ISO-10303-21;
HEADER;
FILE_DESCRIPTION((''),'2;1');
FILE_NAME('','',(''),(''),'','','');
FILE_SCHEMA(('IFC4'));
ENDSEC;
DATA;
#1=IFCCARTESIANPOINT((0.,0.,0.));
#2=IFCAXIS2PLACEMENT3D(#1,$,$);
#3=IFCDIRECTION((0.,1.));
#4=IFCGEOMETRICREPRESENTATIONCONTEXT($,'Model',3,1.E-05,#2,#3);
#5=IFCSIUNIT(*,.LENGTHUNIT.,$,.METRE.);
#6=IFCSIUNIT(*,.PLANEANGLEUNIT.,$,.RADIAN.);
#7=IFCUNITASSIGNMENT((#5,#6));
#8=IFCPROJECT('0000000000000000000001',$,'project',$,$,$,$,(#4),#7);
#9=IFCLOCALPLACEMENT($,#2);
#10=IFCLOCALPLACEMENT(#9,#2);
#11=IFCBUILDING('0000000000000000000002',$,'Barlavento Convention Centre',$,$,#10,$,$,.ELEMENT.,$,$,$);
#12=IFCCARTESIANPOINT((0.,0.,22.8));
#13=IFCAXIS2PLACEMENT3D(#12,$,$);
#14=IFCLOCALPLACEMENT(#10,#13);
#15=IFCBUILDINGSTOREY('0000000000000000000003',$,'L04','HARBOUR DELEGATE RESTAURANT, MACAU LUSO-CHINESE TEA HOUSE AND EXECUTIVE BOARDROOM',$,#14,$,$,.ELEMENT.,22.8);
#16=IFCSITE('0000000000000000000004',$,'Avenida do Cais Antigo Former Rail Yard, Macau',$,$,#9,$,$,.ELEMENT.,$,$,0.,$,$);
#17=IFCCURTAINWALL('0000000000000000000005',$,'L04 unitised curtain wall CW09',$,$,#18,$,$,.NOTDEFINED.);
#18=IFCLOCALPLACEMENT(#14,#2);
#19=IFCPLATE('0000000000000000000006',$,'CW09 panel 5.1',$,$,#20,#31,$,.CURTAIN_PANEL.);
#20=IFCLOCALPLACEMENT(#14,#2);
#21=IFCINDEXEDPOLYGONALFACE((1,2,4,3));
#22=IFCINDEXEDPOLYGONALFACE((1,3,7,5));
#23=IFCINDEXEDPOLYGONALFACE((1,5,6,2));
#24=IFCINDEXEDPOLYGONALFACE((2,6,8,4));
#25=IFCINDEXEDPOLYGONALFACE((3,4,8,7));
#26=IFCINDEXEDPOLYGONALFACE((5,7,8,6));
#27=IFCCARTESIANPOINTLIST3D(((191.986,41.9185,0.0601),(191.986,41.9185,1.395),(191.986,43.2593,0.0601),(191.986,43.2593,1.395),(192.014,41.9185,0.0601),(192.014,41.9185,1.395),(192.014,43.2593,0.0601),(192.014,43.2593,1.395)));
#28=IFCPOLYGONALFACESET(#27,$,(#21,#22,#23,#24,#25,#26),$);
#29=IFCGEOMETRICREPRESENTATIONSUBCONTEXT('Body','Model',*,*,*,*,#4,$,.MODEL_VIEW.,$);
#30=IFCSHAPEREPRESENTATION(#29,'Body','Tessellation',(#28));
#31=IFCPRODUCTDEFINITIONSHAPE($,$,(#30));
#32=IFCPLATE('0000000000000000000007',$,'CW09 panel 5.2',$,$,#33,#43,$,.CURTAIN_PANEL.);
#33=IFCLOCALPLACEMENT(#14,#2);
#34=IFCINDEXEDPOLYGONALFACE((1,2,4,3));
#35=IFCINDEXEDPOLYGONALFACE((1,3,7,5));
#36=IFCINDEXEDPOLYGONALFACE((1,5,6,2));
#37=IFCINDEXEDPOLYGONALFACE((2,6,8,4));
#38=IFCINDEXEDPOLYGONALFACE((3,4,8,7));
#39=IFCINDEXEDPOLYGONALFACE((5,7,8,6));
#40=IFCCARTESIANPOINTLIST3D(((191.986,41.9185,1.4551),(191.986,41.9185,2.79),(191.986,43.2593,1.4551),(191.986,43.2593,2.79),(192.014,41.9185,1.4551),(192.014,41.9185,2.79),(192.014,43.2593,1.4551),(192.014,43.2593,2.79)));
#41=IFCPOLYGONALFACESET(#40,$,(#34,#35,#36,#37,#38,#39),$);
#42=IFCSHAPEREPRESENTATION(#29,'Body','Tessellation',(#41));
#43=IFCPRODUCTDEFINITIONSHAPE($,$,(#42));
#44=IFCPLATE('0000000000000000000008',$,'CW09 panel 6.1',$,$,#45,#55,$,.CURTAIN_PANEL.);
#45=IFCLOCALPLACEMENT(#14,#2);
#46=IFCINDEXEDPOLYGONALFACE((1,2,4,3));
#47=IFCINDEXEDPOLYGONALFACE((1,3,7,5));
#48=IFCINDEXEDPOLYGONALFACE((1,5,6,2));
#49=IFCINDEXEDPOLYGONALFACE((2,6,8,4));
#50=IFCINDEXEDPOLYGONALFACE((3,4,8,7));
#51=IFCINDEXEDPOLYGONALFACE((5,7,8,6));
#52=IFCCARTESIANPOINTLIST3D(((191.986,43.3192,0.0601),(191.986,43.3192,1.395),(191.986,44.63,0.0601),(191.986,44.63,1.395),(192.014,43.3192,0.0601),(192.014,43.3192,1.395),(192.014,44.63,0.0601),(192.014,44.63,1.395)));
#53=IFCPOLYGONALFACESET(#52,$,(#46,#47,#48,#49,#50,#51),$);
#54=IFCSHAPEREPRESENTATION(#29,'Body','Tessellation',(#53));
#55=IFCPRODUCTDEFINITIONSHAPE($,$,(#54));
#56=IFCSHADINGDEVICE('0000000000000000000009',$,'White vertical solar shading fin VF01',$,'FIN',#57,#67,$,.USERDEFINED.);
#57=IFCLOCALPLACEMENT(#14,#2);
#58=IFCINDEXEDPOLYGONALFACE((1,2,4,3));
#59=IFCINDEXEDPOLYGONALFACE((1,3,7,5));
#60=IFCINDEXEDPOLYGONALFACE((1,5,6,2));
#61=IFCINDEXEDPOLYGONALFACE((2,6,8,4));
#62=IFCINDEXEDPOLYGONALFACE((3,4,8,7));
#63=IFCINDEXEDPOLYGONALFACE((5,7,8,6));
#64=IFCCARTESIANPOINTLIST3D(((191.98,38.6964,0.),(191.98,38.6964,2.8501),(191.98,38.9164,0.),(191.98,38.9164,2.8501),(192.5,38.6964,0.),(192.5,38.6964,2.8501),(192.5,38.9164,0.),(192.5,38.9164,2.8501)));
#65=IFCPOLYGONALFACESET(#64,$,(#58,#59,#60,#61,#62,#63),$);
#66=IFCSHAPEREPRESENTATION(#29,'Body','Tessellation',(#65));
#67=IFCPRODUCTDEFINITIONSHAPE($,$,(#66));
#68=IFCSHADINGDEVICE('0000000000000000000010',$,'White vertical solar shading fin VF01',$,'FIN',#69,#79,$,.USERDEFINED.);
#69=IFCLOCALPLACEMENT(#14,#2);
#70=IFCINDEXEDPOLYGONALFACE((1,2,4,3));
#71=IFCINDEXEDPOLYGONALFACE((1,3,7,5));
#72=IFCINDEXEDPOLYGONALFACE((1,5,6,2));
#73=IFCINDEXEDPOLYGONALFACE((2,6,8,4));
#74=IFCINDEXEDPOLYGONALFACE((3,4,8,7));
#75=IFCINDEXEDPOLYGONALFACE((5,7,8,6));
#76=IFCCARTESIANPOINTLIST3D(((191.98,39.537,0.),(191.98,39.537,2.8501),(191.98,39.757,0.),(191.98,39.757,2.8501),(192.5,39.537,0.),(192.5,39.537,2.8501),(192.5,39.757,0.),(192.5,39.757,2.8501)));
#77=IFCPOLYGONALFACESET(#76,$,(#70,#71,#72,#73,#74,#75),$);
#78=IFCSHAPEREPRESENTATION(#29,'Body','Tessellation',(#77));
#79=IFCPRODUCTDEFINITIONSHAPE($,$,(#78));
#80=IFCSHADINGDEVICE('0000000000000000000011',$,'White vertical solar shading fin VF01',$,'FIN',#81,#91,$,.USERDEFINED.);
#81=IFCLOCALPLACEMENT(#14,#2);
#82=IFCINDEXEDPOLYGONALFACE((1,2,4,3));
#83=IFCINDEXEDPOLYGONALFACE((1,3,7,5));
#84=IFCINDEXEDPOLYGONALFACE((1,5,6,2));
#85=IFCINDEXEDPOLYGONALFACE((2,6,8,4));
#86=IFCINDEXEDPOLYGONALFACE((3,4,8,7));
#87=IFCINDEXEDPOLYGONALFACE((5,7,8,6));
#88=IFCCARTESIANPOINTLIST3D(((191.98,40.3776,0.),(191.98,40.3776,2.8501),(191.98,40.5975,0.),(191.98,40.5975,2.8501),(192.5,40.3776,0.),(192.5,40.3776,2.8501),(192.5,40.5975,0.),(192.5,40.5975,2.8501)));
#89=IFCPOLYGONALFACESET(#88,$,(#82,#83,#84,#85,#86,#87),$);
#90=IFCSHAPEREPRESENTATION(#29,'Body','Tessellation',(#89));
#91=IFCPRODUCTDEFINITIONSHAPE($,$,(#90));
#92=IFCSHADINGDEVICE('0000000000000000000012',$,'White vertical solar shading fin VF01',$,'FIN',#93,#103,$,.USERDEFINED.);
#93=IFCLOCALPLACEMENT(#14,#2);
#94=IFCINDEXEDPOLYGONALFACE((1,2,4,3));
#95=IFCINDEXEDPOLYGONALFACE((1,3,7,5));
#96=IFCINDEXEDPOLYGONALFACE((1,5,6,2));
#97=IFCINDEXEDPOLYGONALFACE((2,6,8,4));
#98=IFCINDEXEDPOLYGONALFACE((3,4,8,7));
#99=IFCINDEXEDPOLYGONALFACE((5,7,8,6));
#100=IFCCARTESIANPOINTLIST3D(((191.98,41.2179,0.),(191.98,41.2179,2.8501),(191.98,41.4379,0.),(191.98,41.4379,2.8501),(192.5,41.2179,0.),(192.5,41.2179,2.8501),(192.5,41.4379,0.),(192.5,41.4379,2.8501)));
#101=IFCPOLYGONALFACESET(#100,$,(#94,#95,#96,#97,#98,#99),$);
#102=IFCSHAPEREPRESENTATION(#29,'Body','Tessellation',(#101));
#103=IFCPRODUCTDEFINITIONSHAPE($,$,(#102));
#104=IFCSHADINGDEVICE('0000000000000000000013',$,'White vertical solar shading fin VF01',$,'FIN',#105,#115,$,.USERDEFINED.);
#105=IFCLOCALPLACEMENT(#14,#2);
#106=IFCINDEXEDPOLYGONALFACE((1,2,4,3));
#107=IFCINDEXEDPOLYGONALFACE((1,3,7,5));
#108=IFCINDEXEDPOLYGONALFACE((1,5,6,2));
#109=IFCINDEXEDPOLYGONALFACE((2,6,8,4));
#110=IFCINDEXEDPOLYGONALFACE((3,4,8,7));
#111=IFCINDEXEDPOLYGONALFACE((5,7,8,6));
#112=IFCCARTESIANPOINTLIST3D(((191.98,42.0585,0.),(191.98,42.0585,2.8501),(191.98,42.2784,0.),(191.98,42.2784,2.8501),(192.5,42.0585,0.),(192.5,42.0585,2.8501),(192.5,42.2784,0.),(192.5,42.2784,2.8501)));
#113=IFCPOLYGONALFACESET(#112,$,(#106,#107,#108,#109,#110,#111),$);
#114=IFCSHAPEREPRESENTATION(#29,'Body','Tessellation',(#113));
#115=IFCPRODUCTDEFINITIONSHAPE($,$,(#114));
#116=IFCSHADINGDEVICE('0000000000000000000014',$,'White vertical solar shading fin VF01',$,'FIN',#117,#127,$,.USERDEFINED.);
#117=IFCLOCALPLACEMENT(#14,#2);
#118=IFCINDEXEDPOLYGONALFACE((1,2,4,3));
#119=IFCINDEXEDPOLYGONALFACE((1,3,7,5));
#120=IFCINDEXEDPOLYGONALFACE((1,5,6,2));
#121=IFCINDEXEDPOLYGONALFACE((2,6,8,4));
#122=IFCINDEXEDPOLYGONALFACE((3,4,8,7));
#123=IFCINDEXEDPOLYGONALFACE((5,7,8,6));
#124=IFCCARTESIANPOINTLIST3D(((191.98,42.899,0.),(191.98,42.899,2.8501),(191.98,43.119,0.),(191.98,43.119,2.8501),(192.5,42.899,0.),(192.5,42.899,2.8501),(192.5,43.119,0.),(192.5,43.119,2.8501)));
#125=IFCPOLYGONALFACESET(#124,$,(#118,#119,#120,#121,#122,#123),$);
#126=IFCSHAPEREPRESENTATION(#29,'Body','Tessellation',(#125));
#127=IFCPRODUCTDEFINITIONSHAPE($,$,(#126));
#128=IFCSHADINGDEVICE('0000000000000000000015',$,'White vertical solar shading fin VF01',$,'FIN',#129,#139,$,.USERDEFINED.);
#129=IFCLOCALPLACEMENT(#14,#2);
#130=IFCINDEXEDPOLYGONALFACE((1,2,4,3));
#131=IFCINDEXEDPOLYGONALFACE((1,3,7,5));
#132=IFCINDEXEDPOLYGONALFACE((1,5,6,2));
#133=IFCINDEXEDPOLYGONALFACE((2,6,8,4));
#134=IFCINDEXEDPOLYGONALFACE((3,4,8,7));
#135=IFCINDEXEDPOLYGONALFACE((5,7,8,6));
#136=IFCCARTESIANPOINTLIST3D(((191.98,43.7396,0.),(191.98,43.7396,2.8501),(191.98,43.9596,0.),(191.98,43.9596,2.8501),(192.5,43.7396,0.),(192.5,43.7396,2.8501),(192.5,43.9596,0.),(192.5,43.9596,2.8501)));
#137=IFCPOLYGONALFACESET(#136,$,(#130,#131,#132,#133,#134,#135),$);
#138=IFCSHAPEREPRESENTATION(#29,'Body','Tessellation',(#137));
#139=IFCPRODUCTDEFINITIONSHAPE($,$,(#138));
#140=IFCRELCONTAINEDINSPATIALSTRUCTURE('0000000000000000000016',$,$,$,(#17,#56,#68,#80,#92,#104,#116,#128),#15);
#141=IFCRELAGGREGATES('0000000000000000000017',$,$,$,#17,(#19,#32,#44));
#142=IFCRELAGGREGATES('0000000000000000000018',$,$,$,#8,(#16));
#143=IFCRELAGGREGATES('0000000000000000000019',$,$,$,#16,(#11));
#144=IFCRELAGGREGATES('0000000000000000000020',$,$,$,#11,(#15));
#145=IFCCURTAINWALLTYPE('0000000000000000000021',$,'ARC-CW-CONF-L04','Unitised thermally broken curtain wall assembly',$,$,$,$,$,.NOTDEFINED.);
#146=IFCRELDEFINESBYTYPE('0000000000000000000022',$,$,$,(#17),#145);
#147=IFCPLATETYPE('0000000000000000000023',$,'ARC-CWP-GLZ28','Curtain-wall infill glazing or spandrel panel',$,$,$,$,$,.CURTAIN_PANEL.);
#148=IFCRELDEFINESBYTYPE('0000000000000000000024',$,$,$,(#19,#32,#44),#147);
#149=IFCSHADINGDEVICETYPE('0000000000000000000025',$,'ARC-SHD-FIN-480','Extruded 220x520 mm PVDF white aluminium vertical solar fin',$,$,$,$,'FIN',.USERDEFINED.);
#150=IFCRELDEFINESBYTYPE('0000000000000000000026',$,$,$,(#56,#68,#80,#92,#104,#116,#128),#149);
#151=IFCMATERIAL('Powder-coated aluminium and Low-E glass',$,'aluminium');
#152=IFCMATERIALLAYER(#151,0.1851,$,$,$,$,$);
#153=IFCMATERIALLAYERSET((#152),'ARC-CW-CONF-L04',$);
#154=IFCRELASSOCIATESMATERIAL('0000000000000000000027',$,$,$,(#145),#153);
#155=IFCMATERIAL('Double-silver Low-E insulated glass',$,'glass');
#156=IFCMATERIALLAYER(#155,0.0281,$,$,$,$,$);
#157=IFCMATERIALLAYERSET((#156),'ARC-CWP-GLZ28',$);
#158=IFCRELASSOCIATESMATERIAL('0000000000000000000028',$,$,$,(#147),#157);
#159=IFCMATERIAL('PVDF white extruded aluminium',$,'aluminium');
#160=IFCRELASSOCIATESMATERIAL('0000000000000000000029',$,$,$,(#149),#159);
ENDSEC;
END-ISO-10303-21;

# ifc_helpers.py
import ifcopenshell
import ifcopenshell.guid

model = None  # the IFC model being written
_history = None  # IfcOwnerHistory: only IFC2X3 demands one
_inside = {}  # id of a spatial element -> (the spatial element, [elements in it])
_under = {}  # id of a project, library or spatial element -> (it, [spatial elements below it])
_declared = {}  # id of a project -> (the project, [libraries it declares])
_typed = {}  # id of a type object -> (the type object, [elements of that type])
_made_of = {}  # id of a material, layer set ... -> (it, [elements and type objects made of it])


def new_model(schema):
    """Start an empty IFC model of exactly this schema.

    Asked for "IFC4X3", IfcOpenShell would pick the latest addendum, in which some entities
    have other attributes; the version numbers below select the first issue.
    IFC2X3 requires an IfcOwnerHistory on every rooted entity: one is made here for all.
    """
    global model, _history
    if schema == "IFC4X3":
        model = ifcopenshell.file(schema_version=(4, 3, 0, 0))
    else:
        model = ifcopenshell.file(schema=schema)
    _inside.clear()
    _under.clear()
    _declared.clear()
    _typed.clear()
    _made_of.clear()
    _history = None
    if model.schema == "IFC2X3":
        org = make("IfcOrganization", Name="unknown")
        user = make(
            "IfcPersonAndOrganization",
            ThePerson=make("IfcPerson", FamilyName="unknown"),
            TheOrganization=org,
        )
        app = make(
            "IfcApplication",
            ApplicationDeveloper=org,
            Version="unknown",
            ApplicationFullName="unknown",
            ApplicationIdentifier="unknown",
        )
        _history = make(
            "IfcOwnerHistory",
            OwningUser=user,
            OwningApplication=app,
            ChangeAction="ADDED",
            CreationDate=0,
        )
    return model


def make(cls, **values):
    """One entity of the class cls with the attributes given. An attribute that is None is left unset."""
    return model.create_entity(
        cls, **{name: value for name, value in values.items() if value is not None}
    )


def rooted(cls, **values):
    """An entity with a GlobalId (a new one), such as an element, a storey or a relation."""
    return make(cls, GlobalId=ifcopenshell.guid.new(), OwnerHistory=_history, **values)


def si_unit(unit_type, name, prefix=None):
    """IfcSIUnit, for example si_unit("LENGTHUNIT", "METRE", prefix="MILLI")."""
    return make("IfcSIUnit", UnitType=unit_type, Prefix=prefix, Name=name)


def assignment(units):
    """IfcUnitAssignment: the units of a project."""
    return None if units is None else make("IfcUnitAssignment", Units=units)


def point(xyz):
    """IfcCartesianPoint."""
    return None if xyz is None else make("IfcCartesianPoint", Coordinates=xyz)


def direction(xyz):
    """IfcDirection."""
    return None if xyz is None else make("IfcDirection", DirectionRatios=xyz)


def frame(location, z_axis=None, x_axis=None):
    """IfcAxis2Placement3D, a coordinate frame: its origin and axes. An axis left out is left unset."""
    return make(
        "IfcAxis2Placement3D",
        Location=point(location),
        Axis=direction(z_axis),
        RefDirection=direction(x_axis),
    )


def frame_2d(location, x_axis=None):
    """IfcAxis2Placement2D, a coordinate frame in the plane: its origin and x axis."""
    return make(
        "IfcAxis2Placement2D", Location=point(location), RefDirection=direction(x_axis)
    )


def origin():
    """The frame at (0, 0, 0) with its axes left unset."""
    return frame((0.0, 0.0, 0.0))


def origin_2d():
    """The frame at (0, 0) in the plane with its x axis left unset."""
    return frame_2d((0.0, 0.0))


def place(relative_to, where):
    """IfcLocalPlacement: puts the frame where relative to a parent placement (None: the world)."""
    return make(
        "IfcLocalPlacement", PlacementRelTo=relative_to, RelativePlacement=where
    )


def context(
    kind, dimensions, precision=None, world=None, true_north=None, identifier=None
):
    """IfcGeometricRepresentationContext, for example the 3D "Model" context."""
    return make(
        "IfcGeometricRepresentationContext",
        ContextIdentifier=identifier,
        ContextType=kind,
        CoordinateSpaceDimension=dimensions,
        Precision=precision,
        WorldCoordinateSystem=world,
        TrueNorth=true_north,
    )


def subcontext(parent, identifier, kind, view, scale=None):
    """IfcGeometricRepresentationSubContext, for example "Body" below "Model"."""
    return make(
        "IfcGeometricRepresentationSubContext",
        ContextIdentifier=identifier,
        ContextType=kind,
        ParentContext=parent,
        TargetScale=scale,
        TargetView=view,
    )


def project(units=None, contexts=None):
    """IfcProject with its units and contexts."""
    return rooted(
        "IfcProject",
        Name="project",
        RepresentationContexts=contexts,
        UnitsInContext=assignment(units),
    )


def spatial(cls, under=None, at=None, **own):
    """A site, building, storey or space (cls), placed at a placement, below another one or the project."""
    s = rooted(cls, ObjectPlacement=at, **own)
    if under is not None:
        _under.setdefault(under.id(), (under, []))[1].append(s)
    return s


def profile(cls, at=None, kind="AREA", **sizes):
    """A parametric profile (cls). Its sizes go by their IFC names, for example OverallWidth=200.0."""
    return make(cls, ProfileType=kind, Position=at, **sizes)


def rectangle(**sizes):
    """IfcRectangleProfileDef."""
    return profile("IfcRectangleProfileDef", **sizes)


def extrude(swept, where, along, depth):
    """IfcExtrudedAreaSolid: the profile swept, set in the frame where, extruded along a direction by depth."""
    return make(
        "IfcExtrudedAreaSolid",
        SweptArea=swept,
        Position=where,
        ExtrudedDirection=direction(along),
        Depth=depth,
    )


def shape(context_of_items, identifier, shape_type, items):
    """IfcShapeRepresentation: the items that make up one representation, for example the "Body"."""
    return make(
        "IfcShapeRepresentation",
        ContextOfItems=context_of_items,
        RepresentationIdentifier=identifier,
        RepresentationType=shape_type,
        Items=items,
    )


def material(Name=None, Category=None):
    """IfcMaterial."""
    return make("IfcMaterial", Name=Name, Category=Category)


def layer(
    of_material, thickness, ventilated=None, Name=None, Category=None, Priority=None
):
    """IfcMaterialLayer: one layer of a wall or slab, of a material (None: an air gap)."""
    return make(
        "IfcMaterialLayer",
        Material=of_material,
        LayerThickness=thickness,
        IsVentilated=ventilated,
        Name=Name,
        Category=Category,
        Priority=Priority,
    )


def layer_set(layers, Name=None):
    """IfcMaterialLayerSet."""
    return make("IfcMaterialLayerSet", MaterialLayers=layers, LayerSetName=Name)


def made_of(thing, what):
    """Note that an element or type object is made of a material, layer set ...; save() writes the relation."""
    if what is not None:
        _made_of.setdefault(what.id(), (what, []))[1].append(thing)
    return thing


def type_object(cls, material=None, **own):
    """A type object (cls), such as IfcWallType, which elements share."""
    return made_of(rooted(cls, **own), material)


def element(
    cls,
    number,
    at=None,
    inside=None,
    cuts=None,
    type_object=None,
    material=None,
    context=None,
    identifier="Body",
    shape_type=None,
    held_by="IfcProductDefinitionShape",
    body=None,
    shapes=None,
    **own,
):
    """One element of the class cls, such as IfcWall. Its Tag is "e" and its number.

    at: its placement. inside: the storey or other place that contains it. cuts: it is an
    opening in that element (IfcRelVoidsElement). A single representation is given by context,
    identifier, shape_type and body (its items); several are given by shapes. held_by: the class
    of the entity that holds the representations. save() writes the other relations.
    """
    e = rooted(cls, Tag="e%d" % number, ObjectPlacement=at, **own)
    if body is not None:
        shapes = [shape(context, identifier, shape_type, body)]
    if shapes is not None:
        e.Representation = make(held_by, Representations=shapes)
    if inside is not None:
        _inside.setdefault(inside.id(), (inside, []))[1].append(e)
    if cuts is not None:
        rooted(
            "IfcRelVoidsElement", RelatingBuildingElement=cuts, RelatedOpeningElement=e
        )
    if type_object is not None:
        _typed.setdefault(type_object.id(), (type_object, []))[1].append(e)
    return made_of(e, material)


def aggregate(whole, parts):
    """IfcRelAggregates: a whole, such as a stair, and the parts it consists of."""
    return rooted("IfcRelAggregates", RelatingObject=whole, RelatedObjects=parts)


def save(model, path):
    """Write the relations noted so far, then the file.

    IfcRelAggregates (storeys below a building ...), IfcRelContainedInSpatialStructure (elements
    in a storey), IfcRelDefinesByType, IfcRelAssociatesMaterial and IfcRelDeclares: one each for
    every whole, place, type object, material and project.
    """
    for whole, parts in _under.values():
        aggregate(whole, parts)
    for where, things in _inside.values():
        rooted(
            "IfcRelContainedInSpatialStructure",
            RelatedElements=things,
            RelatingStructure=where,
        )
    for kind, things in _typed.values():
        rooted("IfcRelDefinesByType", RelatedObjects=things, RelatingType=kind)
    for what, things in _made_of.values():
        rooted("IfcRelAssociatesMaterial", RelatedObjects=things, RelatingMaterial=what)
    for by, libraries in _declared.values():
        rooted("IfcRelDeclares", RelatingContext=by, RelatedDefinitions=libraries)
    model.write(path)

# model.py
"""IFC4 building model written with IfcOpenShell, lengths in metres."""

from ifc_helpers import new_model, si_unit, direction, frame, origin, origin_2d, place, context, subcontext, project, spatial, rectangle, extrude, material, layer, layer_set, type_object, element, aggregate, save


model = new_model("IFC4")

# Units and contexts
model_context = context("Model", 3, precision=1e-05, world=origin(), true_north=direction((0.0, 1.0)))
body_context = subcontext(model_context, "Body", "Model", "MODEL_VIEW")
ifc_project = project(units=[si_unit("LENGTHUNIT", "METRE"), si_unit("PLANEANGLEUNIT", "RADIAN")], contexts=[model_context])

# Site, building, storey
site_placement = place(None, origin())
site = spatial("IfcSite", under=ifc_project, at=site_placement, Name="Avenida do Cais Antigo Former Rail Yard, Macau", CompositionType="ELEMENT", RefElevation=0.0)
building_placement = place(site_placement, origin())
building = spatial("IfcBuilding", under=site, at=building_placement, Name="Barlavento Convention Centre", CompositionType="ELEMENT")
storey_placement = place(building_placement, frame((0.0, 0.0, 22.8)))
storey = spatial("IfcBuildingStorey", under=building, at=storey_placement, Name="L04", Description="HARBOUR DELEGATE RESTAURANT, MACAU LUSO-CHINESE TEA HOUSE AND EXECUTIVE BOARDROOM", CompositionType="ELEMENT", Elevation=22.8)

# Curtain wall, plates
ifc_material_1 = material(Name="Powder-coated aluminium and Low-E glass", Category="aluminium")
ifc_layer_1 = layer(ifc_material_1, 0.1851)
ifc_layer_set_1 = layer_set([ifc_layer_1], Name="ARC-CW-CONF-L04")
curtain_wall_type = type_object("IfcCurtainWallType", Name="ARC-CW-CONF-L04", Description="Unitised thermally broken curtain wall assembly", PredefinedType="NOTDEFINED", material=ifc_layer_set_1)
curtain_wall_placement = place(storey_placement, origin())
curtain_wall = element("IfcCurtainWall", 1, at=curtain_wall_placement, inside=storey, type_object=curtain_wall_type, Name="L04 unitised curtain wall CW09", PredefinedType="NOTDEFINED")
ifc_material_2 = material(Name="Double-silver Low-E insulated glass", Category="glass")
ifc_layer_2 = layer(ifc_material_2, 0.0281)
ifc_layer_set_2 = layer_set([ifc_layer_2], Name="ARC-CWP-GLZ28")
plate_type = type_object("IfcPlateType", Name="ARC-CWP-GLZ28", Description="Curtain-wall infill glazing or spandrel panel", PredefinedType="CURTAIN_PANEL", material=ifc_layer_set_2)
plate_1_placement = place(storey_placement, frame((192.0, 42.5889, 0.0601), z_axis=(0.0, 0.0, 1.0), x_axis=(0.0, 1.0, 0.0)))
plate_1 = element("IfcPlate", 2, at=plate_1_placement, type_object=plate_type, Name="CW09 panel 5.1", PredefinedType="CURTAIN_PANEL", context=body_context, shape_type="SweptSolid", body=[
    extrude(rectangle(XDim=1.3408, YDim=0.0281, at=origin_2d()), origin(), (0.0, 0.0, 1.0), 1.335),
])
plate_2_placement = place(storey_placement, frame((192.0, 42.5889, 1.4551), z_axis=(0.0, 0.0, 1.0), x_axis=(0.0, 1.0, 0.0)))
plate_2 = element("IfcPlate", 3, at=plate_2_placement, type_object=plate_type, Name="CW09 panel 5.2", PredefinedType="CURTAIN_PANEL", context=body_context, shape_type="SweptSolid", body=[
    extrude(rectangle(XDim=1.3408, YDim=0.0281, at=origin_2d()), origin(), (0.0, 0.0, 1.0), 1.335),
])
plate_3_placement = place(storey_placement, frame((192.0, 43.9746, 0.0601), z_axis=(0.0, 0.0, 1.0), x_axis=(0.0, 1.0, 0.0)))
plate_3 = element("IfcPlate", 4, at=plate_3_placement, type_object=plate_type, Name="CW09 panel 6.1", PredefinedType="CURTAIN_PANEL", context=body_context, shape_type="SweptSolid", body=[
    extrude(rectangle(XDim=1.3108, YDim=0.0281, at=origin_2d()), origin(), (0.0, 0.0, 1.0), 1.335),
])
aggregate(curtain_wall, [plate_1, plate_2, plate_3])

# Shading devices
ifc_material_3 = material(Name="PVDF white extruded aluminium", Category="aluminium")
shading_device_type = type_object("IfcShadingDeviceType", Name="ARC-SHD-FIN-480", Description="Extruded 220x520 mm PVDF white aluminium vertical solar fin", ElementType="FIN", PredefinedType="USERDEFINED", material=ifc_material_3)
for number, where, z_axis, x_axis, name in (
    (5, (192.24, 38.8064, 0.0), (0.0, 0.0, 1.0), (0.0, 1.0, 0.0), "White vertical solar shading fin VF01"),
    (6, (192.24, 39.647, 0.0), (0.0, 0.0, 1.0), (0.0, 1.0, 0.0), "White vertical solar shading fin VF01"),
    (7, (192.24, 40.4875, 0.0), (0.0, 0.0, 1.0), (0.0, 1.0, 0.0), "White vertical solar shading fin VF01"),
    (8, (192.24, 41.3279, 0.0), (0.0, 0.0, 1.0), (0.0, 1.0, 0.0), "White vertical solar shading fin VF01"),
    (9, (192.24, 42.1685, 0.0), (0.0, 0.0, 1.0), (0.0, 1.0, 0.0), "White vertical solar shading fin VF01"),
    (10, (192.24, 43.009, 0.0), (0.0, 0.0, 1.0), (0.0, 1.0, 0.0), "White vertical solar shading fin VF01"),
    (11, (192.24, 43.8496, 0.0), (0.0, 0.0, 1.0), (0.0, 1.0, 0.0), "White vertical solar shading fin VF01"),
):
    element("IfcShadingDevice", number, at=place(storey_placement, frame(where, z_axis=z_axis, x_axis=x_axis)), inside=storey, type_object=shading_device_type, Name=name, ObjectType="FIN", PredefinedType="USERDEFINED", context=body_context, shape_type="SweptSolid", body=[
        extrude(rectangle(XDim=0.22, YDim=0.52, at=origin_2d()), origin(), (0.0, 0.0, 1.0), 2.8501),
    ])

save(model, "model.ifc")
